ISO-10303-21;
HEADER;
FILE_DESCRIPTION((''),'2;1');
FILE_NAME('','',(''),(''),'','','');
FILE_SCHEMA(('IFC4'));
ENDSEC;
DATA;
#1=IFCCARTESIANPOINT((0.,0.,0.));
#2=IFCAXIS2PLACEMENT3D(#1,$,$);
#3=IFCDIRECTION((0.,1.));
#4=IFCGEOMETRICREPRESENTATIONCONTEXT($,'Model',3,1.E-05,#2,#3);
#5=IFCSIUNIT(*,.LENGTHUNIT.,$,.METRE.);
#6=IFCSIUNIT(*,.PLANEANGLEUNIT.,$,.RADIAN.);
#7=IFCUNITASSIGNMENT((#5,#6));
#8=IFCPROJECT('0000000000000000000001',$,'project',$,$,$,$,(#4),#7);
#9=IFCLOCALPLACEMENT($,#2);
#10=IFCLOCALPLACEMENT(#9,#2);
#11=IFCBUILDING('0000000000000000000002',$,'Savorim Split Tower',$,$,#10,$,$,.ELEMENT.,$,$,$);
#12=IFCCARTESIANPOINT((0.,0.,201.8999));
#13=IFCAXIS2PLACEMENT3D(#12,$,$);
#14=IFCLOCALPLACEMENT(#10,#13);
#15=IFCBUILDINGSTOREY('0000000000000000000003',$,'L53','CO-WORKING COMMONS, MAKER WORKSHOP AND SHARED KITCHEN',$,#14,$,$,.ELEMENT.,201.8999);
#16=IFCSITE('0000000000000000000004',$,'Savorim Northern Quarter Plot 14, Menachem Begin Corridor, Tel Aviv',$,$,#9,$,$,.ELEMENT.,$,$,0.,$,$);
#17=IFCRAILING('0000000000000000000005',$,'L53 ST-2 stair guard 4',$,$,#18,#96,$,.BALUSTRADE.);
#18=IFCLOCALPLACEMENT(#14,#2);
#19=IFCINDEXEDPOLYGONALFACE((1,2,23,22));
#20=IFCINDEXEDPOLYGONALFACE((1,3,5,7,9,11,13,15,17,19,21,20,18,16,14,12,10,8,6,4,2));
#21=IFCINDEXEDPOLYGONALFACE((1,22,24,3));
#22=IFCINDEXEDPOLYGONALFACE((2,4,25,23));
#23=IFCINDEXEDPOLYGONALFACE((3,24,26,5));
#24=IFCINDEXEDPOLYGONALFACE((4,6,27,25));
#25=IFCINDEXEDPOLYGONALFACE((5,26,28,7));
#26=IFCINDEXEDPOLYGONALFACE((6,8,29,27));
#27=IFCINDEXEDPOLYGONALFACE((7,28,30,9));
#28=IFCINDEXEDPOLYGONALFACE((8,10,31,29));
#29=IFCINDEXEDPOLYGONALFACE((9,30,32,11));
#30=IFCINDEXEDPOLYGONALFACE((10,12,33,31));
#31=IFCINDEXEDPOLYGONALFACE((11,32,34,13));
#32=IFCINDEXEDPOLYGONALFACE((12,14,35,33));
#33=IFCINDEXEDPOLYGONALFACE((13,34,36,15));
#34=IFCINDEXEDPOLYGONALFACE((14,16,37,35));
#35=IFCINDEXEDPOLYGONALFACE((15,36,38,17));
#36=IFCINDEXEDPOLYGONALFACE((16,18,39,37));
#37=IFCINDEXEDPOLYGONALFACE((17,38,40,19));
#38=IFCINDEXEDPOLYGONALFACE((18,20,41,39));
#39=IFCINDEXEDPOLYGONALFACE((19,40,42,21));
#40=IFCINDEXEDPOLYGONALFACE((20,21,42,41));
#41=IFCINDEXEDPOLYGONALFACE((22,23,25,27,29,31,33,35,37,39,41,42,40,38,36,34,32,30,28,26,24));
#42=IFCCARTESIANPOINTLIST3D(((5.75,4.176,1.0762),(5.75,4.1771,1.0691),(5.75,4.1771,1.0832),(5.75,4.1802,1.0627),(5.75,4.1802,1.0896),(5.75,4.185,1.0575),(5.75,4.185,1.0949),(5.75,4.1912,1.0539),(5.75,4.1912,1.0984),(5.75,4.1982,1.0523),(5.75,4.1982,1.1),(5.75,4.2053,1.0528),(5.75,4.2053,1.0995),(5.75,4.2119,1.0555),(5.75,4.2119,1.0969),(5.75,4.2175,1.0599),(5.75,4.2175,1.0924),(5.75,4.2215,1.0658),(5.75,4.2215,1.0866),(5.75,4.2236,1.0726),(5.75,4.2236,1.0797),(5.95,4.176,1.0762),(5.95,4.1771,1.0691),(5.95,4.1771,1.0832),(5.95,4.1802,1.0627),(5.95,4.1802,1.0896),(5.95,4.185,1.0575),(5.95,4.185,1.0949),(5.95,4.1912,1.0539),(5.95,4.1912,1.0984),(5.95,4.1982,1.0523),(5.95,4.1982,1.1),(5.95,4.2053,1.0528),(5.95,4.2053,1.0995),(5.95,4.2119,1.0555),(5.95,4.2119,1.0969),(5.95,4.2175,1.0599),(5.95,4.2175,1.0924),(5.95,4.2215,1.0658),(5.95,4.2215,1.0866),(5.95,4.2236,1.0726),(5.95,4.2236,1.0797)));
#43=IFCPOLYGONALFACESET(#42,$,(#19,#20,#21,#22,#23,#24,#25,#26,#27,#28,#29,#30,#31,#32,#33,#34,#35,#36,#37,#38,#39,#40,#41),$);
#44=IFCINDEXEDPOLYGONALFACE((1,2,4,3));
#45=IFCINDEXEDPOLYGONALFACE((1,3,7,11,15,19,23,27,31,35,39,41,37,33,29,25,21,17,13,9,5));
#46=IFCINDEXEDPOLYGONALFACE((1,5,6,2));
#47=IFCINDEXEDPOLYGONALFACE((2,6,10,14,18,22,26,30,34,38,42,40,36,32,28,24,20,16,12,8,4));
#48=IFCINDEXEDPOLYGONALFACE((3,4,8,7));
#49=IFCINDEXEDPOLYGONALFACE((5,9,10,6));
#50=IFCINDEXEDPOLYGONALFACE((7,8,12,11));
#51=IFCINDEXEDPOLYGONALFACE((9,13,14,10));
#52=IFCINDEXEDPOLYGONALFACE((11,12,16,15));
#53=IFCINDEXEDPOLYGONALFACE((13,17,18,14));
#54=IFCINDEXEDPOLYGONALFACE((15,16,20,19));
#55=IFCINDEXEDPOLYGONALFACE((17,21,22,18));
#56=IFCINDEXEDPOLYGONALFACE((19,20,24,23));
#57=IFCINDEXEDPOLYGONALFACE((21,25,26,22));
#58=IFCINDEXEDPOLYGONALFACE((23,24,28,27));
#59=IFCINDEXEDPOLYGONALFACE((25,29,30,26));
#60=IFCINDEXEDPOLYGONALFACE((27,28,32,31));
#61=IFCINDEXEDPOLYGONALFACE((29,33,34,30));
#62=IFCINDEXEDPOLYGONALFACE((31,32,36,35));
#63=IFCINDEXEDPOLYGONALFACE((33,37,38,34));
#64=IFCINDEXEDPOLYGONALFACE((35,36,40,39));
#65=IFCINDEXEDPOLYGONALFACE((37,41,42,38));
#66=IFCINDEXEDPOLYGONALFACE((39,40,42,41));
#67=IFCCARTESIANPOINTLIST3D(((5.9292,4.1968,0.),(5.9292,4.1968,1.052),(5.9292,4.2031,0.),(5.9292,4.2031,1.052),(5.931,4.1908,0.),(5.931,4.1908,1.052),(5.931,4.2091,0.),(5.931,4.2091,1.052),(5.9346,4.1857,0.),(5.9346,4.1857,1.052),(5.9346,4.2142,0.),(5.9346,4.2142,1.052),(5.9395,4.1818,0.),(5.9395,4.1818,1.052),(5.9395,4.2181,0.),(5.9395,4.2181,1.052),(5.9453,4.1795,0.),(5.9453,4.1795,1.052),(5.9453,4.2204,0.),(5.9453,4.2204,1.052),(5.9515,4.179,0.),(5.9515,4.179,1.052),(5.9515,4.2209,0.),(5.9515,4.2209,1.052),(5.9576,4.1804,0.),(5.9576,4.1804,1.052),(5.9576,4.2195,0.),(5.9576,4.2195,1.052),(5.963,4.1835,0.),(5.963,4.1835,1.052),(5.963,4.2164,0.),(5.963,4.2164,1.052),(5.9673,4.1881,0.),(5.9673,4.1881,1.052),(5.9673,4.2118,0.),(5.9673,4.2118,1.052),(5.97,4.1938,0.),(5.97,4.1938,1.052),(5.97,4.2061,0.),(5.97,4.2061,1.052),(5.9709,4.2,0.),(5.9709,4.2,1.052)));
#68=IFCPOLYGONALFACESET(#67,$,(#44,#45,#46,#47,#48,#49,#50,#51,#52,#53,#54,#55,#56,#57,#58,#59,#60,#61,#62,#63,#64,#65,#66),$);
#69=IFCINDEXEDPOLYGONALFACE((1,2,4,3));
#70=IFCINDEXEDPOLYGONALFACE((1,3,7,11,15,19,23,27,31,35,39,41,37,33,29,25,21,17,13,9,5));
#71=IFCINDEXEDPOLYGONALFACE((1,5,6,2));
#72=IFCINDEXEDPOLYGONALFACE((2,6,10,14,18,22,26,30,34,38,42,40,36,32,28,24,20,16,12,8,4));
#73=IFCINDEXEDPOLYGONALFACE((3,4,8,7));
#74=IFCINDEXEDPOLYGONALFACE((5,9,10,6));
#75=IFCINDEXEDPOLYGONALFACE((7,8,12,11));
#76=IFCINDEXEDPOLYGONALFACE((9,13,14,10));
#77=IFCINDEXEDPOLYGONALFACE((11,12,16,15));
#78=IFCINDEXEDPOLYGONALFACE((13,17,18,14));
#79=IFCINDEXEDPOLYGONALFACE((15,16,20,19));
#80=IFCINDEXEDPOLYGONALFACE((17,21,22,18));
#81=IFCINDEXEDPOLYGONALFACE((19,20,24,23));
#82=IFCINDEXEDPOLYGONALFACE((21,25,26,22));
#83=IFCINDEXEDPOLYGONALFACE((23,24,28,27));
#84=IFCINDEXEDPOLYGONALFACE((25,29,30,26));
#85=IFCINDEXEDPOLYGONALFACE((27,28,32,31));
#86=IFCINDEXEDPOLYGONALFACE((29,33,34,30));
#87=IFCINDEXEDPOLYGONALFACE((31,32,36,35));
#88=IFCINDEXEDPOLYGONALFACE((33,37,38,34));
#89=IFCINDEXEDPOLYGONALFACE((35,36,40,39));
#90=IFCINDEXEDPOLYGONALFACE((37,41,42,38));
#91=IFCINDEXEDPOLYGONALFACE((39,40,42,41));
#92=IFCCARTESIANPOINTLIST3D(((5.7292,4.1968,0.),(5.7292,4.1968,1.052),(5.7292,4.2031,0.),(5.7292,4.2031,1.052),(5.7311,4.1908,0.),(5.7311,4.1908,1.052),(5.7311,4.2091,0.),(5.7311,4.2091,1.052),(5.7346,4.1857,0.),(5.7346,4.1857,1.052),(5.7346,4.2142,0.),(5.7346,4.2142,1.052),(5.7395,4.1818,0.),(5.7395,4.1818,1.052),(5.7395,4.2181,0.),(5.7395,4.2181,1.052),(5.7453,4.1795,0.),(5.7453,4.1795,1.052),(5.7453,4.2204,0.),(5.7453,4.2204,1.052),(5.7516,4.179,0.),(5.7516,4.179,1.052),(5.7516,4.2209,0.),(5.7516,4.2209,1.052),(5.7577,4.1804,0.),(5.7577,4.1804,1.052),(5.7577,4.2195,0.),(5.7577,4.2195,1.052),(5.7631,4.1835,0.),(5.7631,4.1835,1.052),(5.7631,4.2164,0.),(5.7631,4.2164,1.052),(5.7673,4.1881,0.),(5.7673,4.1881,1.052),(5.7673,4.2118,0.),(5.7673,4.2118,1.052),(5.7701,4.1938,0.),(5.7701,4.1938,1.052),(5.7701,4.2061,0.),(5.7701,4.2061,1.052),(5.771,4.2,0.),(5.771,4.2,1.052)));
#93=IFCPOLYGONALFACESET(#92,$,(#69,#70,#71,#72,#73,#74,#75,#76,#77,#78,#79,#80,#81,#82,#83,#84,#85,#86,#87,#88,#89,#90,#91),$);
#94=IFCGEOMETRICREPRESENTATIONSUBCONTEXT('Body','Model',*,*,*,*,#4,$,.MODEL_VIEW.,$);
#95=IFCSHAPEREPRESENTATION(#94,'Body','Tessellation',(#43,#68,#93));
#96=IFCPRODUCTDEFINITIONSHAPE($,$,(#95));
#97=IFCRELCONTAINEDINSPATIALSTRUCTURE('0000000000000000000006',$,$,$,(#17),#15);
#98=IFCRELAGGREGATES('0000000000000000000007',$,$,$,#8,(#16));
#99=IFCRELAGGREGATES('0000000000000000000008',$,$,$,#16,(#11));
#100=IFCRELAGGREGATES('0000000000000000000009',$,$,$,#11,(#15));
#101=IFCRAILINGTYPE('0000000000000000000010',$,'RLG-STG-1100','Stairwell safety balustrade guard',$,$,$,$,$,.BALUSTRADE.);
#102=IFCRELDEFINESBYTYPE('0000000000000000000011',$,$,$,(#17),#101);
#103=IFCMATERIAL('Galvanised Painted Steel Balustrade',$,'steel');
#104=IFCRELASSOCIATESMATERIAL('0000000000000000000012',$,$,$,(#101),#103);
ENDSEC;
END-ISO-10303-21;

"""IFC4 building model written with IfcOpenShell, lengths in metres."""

from ifc_helpers import new_model, si_unit, direction, frame, origin, origin_2d, place, context, subcontext, project, spatial, circle, extrude, material, type_object, element, save


model = new_model("IFC4")

# Units and contexts
model_context = context("Model", 3, precision=1e-05, world=origin(), true_north=direction((0.0, 1.0)))
body_context = subcontext(model_context, "Body", "Model", "MODEL_VIEW")
ifc_project = project(units=[si_unit("LENGTHUNIT", "METRE"), si_unit("PLANEANGLEUNIT", "RADIAN")], contexts=[model_context])

# Site, building, storey
site_placement = place(None, origin())
site = spatial("IfcSite", under=ifc_project, at=site_placement, Name="Savorim Northern Quarter Plot 14, Menachem Begin Corridor, Tel Aviv", CompositionType="ELEMENT", RefElevation=0.0)
building_placement = place(site_placement, origin())
building = spatial("IfcBuilding", under=site, at=building_placement, Name="Savorim Split Tower", CompositionType="ELEMENT")
storey_placement = place(building_placement, frame((0.0, 0.0, 201.8999)))
storey = spatial("IfcBuildingStorey", under=building, at=storey_placement, Name="L53", Description="CO-WORKING COMMONS, MAKER WORKSHOP AND SHARED KITCHEN", CompositionType="ELEMENT", Elevation=201.8999)

# Railing
ifc_material_1 = material(Name="Galvanised Painted Steel Balustrade", Category="steel")
railing_type_1 = type_object("IfcRailingType", Name="RLG-STG-1100", Description="Stairwell safety balustrade guard", PredefinedType="BALUSTRADE", material=ifc_material_1)
railing_1_placement = place(storey_placement, frame((5.95, 4.2, 0.0)))
element("IfcRailing", 1, at=railing_1_placement, inside=storey, type_object=railing_type_1, Name="L53 ST-2 stair guard 4", PredefinedType="BALUSTRADE", context=body_context, shape_type="SweptSolid", body=[
    extrude(circle(Radius=0.0239, at=origin_2d()), frame((0.0, 0.0, 1.0762), z_axis=(-1.0, 0.0, 0.0), x_axis=(0.0, -1.0, 0.0)), (0.0, 0.0, 1.0), 0.2),
    extrude(circle(Radius=0.021, at=origin_2d()), origin(), (0.0, 0.0, 1.0), 1.052),
    extrude(circle(Radius=0.021, at=origin_2d()), frame((-0.2, 0.0, 0.0)), (0.0, 0.0, 1.0), 1.052),
])

save(model, "model.ifc")
